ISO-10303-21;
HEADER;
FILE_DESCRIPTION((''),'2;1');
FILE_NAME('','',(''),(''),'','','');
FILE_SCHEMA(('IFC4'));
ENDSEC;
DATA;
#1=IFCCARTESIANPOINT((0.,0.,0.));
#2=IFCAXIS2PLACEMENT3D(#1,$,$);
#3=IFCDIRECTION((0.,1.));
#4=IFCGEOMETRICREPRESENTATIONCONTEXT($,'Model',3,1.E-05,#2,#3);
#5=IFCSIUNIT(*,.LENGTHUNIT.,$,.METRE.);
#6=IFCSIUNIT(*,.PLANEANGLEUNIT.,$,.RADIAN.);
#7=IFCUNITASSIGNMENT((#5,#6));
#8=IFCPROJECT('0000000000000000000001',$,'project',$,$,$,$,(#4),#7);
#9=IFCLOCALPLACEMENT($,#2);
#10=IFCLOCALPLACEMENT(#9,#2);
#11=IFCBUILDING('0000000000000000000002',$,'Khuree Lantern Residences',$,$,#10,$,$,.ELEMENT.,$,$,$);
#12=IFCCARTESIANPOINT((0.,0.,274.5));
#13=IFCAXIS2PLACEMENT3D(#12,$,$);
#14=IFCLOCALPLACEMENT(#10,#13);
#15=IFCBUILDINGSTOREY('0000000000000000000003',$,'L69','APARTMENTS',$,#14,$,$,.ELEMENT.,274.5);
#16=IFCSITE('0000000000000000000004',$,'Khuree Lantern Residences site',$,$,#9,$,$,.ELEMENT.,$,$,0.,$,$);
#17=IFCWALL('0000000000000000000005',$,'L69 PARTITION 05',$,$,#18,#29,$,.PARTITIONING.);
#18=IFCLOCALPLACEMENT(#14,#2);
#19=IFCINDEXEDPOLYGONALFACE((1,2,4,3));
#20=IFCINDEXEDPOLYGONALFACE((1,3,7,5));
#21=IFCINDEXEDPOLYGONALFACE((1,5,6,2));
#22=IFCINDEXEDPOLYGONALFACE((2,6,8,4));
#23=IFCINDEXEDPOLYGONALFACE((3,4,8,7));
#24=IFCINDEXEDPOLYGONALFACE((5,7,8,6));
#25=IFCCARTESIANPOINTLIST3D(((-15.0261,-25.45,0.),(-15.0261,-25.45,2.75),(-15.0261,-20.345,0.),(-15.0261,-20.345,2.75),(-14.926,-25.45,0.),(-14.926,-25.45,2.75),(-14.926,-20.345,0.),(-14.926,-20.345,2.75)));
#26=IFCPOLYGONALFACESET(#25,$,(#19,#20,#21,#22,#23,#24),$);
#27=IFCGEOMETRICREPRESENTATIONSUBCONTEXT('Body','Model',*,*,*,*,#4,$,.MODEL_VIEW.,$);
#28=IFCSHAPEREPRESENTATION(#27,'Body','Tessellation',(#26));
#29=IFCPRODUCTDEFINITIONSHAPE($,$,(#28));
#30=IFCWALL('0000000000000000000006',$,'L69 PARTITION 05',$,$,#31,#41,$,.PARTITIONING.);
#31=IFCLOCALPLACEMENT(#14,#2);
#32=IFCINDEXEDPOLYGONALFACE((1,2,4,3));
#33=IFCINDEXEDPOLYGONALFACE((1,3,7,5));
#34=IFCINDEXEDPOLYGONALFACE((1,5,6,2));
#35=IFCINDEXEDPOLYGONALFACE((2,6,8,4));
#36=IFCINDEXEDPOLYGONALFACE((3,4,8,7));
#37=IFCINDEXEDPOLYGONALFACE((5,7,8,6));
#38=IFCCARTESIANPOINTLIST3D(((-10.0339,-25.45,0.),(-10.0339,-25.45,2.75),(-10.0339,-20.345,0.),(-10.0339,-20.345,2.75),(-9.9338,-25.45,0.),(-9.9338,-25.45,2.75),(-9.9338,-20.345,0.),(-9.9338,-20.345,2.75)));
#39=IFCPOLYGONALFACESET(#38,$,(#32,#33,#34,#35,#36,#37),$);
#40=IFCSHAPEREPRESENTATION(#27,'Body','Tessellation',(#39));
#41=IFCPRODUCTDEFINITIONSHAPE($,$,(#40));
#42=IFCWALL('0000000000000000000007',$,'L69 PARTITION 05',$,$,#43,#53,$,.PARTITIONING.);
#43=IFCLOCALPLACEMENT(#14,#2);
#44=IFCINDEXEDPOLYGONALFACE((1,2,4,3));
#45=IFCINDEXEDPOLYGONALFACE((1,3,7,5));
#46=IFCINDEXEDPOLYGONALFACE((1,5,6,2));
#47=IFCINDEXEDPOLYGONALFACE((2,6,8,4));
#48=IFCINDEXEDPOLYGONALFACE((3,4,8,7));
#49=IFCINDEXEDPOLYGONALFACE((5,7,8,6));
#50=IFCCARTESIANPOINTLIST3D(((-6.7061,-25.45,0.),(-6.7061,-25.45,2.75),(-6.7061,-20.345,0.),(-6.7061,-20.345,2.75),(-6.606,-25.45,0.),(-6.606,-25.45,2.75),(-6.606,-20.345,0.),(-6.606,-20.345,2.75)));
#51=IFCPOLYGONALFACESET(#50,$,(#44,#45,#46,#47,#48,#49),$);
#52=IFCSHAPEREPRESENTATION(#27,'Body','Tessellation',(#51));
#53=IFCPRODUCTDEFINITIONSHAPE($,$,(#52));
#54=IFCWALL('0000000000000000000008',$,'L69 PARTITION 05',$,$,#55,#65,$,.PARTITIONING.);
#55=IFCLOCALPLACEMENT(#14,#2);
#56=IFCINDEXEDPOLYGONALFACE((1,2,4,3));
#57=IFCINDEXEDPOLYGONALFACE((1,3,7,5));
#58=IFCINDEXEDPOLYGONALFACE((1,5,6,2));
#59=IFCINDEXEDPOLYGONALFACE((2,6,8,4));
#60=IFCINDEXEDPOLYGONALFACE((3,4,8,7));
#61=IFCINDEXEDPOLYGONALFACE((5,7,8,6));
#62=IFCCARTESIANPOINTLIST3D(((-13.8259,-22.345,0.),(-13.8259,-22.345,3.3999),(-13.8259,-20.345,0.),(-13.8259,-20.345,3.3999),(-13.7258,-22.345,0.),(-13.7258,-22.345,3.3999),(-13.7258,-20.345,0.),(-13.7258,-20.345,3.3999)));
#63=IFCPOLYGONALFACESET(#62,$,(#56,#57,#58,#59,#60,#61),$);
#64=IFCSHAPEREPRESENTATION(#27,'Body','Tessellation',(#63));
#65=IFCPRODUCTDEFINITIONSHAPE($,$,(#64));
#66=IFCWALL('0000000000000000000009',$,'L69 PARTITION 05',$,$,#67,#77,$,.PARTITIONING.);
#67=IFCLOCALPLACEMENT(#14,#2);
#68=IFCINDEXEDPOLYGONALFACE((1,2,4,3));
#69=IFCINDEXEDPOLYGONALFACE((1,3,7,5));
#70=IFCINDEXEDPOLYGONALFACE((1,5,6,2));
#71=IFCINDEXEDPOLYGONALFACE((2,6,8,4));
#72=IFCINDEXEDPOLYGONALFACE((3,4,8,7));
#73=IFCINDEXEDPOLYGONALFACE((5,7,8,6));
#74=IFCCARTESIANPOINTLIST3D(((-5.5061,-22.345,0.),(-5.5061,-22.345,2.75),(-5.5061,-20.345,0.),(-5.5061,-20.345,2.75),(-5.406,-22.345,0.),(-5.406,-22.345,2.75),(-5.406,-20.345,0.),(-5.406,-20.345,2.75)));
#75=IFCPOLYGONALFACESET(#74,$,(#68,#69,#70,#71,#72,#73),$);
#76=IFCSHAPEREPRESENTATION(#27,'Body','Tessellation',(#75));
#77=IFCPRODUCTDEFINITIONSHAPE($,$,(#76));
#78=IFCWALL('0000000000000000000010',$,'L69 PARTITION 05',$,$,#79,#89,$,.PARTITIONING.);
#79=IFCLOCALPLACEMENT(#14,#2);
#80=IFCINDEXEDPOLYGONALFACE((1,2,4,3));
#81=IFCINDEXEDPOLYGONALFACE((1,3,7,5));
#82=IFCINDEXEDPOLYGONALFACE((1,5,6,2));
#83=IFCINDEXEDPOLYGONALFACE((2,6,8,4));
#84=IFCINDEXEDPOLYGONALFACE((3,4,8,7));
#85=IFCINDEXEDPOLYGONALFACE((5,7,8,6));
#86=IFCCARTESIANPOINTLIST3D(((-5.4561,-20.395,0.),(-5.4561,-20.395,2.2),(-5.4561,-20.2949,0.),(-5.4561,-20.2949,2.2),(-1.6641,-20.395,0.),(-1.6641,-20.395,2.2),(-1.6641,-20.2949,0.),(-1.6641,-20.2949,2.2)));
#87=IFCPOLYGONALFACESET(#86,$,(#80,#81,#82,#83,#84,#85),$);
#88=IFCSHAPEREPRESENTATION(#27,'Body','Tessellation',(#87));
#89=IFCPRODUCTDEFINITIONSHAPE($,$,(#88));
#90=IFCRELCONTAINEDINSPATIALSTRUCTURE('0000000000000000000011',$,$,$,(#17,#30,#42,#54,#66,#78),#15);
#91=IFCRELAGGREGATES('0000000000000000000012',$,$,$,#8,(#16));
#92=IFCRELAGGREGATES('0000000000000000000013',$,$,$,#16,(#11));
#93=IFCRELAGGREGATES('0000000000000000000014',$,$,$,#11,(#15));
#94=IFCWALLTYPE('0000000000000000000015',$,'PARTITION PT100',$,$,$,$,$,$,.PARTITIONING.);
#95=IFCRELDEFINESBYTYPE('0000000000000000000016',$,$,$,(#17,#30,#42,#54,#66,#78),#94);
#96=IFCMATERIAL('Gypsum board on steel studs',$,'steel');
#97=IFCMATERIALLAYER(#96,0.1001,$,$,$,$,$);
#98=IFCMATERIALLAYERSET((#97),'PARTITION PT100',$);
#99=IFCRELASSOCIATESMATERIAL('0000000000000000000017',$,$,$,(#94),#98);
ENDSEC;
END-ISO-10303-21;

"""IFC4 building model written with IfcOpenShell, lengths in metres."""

from ifc_helpers import new_model, si_unit, direction, frame, frame_2d, origin, place, context, subcontext, project, spatial, rectangle, extrude, material, layer, layer_set, type_object, element, save


model = new_model("IFC4")

# Units and contexts
model_context = context("Model", 3, precision=1e-05, world=origin(), true_north=direction((0.0, 1.0)))
body_context = subcontext(model_context, "Body", "Model", "MODEL_VIEW")
ifc_project = project(units=[si_unit("LENGTHUNIT", "METRE"), si_unit("PLANEANGLEUNIT", "RADIAN")], contexts=[model_context])

# Site, building, storey
site_placement = place(None, origin())
site = spatial("IfcSite", under=ifc_project, at=site_placement, Name="Khuree Lantern Residences site", CompositionType="ELEMENT", RefElevation=0.0)
building_placement = place(site_placement, origin())
building = spatial("IfcBuilding", under=site, at=building_placement, Name="Khuree Lantern Residences", CompositionType="ELEMENT")
storey_placement = place(building_placement, frame((0.0, 0.0, 274.5)))
storey = spatial("IfcBuildingStorey", under=building, at=storey_placement, Name="L69", Description="APARTMENTS", CompositionType="ELEMENT", Elevation=274.5)

# Walls
ifc_material_1 = material(Name="Gypsum board on steel studs", Category="steel")
ifc_layer_1 = layer(ifc_material_1, 0.1001)
ifc_layer_set_1 = layer_set([ifc_layer_1], Name="PARTITION PT100")
wall_type_1 = type_object("IfcWallType", Name="PARTITION PT100", PredefinedType="PARTITIONING", material=ifc_layer_set_1)
for number, where, z_axis, x_axis, name in (
    (1, (-14.9761, -20.345, 0.0), (0.0, 0.0, 1.0), (0.0, -1.0, 0.0), "L69 PARTITION 05"),
    (2, (-9.9839, -20.345, 0.0), (0.0, 0.0, 1.0), (0.0, -1.0, 0.0), "L69 PARTITION 05"),
    (3, (-6.656, -20.345, 0.0), (0.0, 0.0, 1.0), (0.0, -1.0, 0.0), "L69 PARTITION 05"),
):
    element("IfcWall", number, at=place(storey_placement, frame(where, z_axis=z_axis, x_axis=x_axis)), inside=storey, type_object=wall_type_1, Name=name, PredefinedType="PARTITIONING", context=body_context, shape_type="SweptSolid", body=[
        extrude(rectangle(XDim=5.105, YDim=0.1001, at=frame_2d((2.5525, 0.0))), origin(), (0.0, 0.0, 1.0), 2.75),
    ])
wall_1_placement = place(storey_placement, frame((-13.7759, -20.345, 0.0), z_axis=(0.0, 0.0, 1.0), x_axis=(0.0, -1.0, 0.0)))
element("IfcWall", 4, at=wall_1_placement, inside=storey, type_object=wall_type_1, Name="L69 PARTITION 05", PredefinedType="PARTITIONING", context=body_context, shape_type="SweptSolid", body=[
    extrude(rectangle(XDim=2.0, YDim=0.1001, at=frame_2d((1.0, 0.0))), origin(), (0.0, 0.0, 1.0), 3.3999),
])
wall_2_placement = place(storey_placement, frame((-5.4561, -20.345, 0.0), z_axis=(0.0, 0.0, 1.0), x_axis=(0.0, -1.0, 0.0)))
element("IfcWall", 5, at=wall_2_placement, inside=storey, type_object=wall_type_1, Name="L69 PARTITION 05", PredefinedType="PARTITIONING", context=body_context, shape_type="SweptSolid", body=[
    extrude(rectangle(XDim=2.0, YDim=0.1001, at=frame_2d((1.0, 0.0))), origin(), (0.0, 0.0, 1.0), 2.75),
])
wall_3_placement = place(storey_placement, frame((-5.4561, -20.345, 0.0), z_axis=(0.0, 0.0, 1.0), x_axis=(1.0, 0.0, 0.0)))
element("IfcWall", 6, at=wall_3_placement, inside=storey, type_object=wall_type_1, Name="L69 PARTITION 05", PredefinedType="PARTITIONING", context=body_context, shape_type="SweptSolid", body=[
    extrude(rectangle(XDim=3.792, YDim=0.1001, at=frame_2d((1.896, 0.0))), origin(), (0.0, 0.0, 1.0), 2.2),
])

save(model, "model.ifc")
